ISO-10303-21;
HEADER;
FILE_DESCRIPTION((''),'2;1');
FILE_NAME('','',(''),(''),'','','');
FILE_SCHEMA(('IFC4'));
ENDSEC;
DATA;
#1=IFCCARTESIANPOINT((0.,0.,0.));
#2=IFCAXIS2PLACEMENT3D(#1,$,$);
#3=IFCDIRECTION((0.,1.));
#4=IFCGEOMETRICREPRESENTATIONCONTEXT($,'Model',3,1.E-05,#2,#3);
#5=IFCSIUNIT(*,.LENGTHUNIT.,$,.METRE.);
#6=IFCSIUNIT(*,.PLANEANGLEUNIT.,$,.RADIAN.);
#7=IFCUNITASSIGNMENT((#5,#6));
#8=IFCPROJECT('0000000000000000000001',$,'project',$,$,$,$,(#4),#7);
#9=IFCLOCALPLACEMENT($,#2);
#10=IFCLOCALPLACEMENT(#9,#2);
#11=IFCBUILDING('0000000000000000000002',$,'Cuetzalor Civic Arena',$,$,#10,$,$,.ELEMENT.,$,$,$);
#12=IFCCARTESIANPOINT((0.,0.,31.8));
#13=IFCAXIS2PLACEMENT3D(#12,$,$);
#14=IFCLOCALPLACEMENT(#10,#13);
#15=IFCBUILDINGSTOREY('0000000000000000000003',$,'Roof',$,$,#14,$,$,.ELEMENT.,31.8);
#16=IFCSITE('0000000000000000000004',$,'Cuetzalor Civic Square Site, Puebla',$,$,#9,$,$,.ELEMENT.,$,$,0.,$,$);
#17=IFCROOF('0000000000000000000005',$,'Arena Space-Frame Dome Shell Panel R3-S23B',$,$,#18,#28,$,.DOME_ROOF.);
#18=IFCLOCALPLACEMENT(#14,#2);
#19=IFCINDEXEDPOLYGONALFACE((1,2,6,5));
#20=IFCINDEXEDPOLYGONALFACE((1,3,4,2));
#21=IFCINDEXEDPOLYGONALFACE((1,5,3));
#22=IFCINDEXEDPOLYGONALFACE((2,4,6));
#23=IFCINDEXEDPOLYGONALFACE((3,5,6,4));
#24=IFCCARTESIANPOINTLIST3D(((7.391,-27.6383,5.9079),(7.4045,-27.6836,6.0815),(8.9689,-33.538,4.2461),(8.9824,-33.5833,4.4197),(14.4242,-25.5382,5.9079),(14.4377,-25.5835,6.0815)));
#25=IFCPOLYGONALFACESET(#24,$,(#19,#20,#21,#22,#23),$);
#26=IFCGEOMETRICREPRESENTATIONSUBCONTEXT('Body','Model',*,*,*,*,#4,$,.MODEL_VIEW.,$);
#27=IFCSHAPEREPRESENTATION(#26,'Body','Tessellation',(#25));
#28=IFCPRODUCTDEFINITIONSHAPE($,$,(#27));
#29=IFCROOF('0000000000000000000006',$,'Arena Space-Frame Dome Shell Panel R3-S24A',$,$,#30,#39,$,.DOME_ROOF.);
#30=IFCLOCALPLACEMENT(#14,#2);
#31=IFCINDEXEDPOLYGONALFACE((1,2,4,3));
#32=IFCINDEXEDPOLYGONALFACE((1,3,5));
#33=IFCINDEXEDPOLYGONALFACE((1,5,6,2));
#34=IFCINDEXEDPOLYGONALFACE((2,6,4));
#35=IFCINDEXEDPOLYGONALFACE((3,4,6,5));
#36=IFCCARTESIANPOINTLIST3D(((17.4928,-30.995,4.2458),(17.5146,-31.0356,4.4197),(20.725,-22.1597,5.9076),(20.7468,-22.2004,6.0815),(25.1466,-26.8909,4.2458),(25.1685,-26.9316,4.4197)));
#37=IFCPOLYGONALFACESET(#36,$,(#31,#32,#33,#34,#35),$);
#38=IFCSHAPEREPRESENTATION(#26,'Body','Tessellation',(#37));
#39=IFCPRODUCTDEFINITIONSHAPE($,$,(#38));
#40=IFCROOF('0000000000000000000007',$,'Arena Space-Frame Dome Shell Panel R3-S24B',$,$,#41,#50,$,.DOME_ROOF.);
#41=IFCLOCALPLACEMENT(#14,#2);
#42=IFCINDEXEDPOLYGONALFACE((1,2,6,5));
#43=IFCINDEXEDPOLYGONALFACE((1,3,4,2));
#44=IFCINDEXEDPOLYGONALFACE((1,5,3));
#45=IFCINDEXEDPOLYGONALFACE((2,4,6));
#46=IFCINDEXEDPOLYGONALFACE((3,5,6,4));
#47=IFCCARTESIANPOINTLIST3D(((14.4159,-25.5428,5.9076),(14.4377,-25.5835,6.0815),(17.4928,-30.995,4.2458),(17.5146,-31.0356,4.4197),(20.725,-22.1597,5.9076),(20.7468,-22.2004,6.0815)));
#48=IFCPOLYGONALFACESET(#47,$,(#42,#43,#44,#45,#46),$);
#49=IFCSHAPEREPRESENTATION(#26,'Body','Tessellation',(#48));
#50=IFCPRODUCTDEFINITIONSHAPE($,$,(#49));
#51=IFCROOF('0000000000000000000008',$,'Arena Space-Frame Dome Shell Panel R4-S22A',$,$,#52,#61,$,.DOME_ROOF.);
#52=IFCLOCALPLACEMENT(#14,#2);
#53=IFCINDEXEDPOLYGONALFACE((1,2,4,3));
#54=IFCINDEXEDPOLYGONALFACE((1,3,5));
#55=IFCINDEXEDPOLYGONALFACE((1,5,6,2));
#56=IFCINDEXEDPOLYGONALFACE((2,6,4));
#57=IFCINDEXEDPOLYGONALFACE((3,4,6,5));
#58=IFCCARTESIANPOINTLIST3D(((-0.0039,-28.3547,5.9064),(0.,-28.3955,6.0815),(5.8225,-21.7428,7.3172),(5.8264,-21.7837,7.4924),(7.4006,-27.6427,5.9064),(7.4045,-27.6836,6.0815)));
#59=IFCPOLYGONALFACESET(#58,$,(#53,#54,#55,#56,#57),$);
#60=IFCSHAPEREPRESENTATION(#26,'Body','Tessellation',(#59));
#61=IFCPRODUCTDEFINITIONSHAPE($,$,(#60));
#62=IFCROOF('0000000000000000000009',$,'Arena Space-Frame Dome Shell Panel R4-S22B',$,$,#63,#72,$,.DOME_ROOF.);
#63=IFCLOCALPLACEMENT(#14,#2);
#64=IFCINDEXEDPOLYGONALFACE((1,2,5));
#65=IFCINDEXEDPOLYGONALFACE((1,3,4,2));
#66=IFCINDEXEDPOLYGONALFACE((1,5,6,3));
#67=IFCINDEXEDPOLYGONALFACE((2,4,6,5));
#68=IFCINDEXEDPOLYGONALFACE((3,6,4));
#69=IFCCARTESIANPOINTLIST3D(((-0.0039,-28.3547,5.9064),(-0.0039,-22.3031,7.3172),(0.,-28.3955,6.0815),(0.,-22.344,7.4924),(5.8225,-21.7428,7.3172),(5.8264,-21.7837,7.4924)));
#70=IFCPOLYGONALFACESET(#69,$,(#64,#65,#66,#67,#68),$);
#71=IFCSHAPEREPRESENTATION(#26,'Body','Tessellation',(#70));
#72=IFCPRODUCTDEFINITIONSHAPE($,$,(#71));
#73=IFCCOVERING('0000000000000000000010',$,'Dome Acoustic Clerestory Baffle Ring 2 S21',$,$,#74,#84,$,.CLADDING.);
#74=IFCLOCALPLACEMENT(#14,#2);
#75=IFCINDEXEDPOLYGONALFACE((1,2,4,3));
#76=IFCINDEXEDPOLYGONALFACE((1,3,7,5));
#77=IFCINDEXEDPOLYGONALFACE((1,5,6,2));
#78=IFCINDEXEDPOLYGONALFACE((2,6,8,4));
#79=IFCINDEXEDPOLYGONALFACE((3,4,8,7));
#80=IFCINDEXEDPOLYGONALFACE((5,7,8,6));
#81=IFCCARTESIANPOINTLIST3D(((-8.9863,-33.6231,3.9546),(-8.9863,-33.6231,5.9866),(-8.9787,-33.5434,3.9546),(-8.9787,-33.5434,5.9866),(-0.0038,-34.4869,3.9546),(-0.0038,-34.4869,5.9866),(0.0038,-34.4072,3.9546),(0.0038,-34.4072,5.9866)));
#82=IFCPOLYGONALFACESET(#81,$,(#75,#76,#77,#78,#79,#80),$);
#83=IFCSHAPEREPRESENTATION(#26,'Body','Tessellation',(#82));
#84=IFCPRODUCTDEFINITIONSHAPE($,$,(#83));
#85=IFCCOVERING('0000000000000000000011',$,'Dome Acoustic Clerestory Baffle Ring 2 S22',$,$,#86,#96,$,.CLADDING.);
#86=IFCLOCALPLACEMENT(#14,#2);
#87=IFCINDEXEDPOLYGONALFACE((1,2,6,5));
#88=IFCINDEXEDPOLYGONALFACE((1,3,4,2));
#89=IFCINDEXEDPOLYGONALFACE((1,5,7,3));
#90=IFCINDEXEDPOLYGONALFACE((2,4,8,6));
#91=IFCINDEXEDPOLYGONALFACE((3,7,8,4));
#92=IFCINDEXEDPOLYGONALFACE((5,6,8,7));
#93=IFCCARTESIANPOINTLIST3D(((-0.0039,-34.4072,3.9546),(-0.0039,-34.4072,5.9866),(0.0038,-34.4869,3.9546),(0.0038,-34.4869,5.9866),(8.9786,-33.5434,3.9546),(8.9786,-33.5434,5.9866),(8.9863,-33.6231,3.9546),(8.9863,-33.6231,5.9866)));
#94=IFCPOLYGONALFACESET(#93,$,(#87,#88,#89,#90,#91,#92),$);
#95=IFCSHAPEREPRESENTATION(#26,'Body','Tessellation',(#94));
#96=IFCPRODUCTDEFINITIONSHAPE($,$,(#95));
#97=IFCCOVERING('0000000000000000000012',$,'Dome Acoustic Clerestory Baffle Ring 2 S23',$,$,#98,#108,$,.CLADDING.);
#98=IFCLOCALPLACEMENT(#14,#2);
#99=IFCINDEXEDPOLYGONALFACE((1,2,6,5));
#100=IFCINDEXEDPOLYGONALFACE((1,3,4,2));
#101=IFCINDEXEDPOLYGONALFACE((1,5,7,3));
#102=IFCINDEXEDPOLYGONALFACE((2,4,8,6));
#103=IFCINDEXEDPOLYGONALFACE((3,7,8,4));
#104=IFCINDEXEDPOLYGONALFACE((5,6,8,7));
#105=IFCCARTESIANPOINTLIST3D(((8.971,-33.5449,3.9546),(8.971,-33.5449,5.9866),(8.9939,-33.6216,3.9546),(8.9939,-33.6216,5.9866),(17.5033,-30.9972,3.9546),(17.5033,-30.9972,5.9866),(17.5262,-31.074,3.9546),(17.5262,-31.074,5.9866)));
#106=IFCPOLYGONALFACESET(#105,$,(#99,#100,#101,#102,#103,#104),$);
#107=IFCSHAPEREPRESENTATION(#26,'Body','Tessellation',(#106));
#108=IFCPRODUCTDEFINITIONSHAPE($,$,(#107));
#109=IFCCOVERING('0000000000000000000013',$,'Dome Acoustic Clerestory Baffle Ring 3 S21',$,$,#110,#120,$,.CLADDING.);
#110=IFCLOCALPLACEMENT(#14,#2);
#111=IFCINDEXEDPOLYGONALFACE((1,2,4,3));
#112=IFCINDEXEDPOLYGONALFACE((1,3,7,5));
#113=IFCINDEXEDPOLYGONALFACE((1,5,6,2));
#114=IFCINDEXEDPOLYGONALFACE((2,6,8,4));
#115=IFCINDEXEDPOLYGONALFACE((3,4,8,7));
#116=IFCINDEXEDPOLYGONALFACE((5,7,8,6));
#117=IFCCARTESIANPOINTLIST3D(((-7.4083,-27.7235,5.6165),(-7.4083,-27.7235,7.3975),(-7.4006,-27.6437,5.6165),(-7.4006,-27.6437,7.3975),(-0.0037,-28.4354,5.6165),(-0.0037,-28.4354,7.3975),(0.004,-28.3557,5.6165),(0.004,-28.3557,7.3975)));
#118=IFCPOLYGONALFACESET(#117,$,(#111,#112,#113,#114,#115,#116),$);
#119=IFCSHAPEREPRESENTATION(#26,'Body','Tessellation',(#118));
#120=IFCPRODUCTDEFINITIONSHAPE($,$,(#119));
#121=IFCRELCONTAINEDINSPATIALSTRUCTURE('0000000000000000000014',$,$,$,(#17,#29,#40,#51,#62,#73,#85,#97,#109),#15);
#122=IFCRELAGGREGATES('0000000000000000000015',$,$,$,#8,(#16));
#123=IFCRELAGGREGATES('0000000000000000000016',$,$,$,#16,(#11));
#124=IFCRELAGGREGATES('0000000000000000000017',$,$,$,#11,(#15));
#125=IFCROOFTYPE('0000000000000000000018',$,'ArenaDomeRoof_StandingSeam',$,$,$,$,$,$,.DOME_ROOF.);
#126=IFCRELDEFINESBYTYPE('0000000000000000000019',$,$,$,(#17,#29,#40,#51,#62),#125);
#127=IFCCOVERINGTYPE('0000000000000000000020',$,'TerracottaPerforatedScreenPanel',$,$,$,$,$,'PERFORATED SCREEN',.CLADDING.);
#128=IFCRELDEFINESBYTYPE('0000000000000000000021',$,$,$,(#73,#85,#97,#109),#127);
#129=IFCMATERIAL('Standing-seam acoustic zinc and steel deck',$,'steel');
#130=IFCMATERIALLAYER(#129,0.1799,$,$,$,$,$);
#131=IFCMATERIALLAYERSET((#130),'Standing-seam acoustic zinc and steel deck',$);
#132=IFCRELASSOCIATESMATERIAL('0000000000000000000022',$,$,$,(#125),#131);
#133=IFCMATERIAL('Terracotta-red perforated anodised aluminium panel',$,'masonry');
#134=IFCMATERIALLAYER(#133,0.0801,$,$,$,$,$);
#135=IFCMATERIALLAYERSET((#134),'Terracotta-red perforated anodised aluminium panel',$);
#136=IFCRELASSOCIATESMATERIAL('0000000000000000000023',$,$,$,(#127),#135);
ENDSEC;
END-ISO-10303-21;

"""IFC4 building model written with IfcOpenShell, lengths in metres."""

from ifc_helpers import new_model, si_unit, direction, frame, frame_2d, origin, place, context, subcontext, project, spatial, polyline, rectangle, outline, extrude, material, layer, layer_set, type_object, element, save


model = new_model("IFC4")

# Units and contexts
model_context = context("Model", 3, precision=1e-05, world=origin(), true_north=direction((0.0, 1.0)))
body_context = subcontext(model_context, "Body", "Model", "MODEL_VIEW")
ifc_project = project(units=[si_unit("LENGTHUNIT", "METRE"), si_unit("PLANEANGLEUNIT", "RADIAN")], contexts=[model_context])

# Site, building, storey
site_placement = place(None, origin())
site = spatial("IfcSite", under=ifc_project, at=site_placement, Name="Cuetzalor Civic Square Site, Puebla", CompositionType="ELEMENT", RefElevation=0.0)
building_placement = place(site_placement, origin())
building = spatial("IfcBuilding", under=site, at=building_placement, Name="Cuetzalor Civic Arena", CompositionType="ELEMENT")
storey_placement = place(building_placement, frame((0.0, 0.0, 31.8)))
storey = spatial("IfcBuildingStorey", under=building, at=storey_placement, Name="Roof", CompositionType="ELEMENT", Elevation=31.8)

# Roofs
ifc_material_1 = material(Name="Standing-seam acoustic zinc and steel deck", Category="steel")
ifc_layer_1 = layer(ifc_material_1, 0.1799)
ifc_layer_set_1 = layer_set([ifc_layer_1], Name="Standing-seam acoustic zinc and steel deck")
roof_type = type_object("IfcRoofType", Name="ArenaDomeRoof_StandingSeam", PredefinedType="DOME_ROOF", material=ifc_layer_set_1)
roof_1_placement = place(storey_placement, frame((8.9824, -33.5833, 4.4197), z_axis=(0.075156, -0.251696, 0.964884), x_axis=(0.555284, 0.814276, 0.169157)))
element("IfcRoof", 1, at=roof_1_placement, inside=storey, type_object=roof_type, Name="Arena Space-Frame Dome Shell Panel R3-S23B", PredefinedType="DOME_ROOF", context=body_context, shape_type="SweptSolid", body=[
    extrude(outline(polyline([(0.0, 0.0), (9.8244, 0.0), (4.2089, 4.7268), (0.0, 0.0)])), origin(), (0.0, 0.0, -1.0), 0.1799),
])
roof_2_placement = place(storey_placement, frame((17.5146, -31.0356, 4.4197), z_axis=(0.121268, -0.22616, 0.966512), x_axis=(0.8813, 0.472557, 0.0)))
element("IfcRoof", 2, at=roof_2_placement, inside=storey, type_object=roof_type, Name="Arena Space-Frame Dome Shell Panel R3-S24A", PredefinedType="DOME_ROOF", context=body_context, shape_type="SweptSolid", body=[
    extrude(outline(polyline([(0.0, 0.0), (8.6847, 0.0), (7.0237, 6.4759), (0.0, 0.0)])), origin(), (0.0, 0.0, -1.0), 0.1799),
])
roof_3_placement = place(storey_placement, frame((17.5146, -31.0356, 4.4197), z_axis=(0.121272, -0.226162, 0.966511), x_axis=(0.338323, 0.924812, 0.173953)))
element("IfcRoof", 3, at=roof_3_placement, inside=storey, type_object=roof_type, Name="Arena Space-Frame Dome Shell Panel R3-S24B", PredefinedType="DOME_ROOF", context=body_context, shape_type="SweptSolid", body=[
    extrude(outline(polyline([(0.0, 0.0), (9.5535, 0.0), (4.2903, 4.8527), (0.0, 0.0)])), origin(), (0.0, 0.0, -1.0), 0.1799),
])
roof_4_placement = place(storey_placement, frame((0.0, -28.3955, 6.0815), z_axis=(0.021825, -0.226999, 0.97365), x_axis=(0.99541, 0.095704, 0.0)))
element("IfcRoof", 4, at=roof_4_placement, inside=storey, type_object=roof_type, Name="Arena Space-Frame Dome Shell Panel R4-S22A", PredefinedType="DOME_ROOF", context=body_context, shape_type="SweptSolid", body=[
    extrude(outline(polyline([(0.0, 0.0), (7.4387, 0.0), (6.4325, 6.1869), (0.0, 0.0)])), origin(), (0.0, 0.0, -1.0), 0.1799),
])
roof_5_placement = place(storey_placement, frame((0.0, -28.3955, 6.0815), z_axis=(0.02183, -0.227003, 0.973649), x_axis=(0.652827, 0.740828, 0.158085)))
element("IfcRoof", 5, at=roof_5_placement, inside=storey, type_object=roof_type, Name="Arena Space-Frame Dome Shell Panel R4-S22B", PredefinedType="DOME_ROOF", context=body_context, shape_type="SweptSolid", body=[
    extrude(outline(polyline([(0.0, 0.0), (8.9249, 0.0), (4.7062, 4.0575), (0.0, 0.0)])), origin(), (0.0, 0.0, -1.0), 0.1799),
])

# Coverings
ifc_material_2 = material(Name="Terracotta-red perforated anodised aluminium panel", Category="masonry")
ifc_layer_2 = layer(ifc_material_2, 0.0801)
ifc_layer_set_2 = layer_set([ifc_layer_2], Name="Terracotta-red perforated anodised aluminium panel")
covering_type = type_object("IfcCoveringType", Name="TerracottaPerforatedScreenPanel", ElementType="PERFORATED SCREEN", PredefinedType="CLADDING", material=ifc_layer_set_2)
for number, where, z_axis, x_axis, name in (
    (6, (0.0, -34.447, 3.9546), (0.0, 0.0, 1.0), (-0.995408, 0.095721, 0.0), "Dome Acoustic Clerestory Baffle Ring 2 S21"),
    (7, (8.9824, -33.5833, 3.9546), (0.0, 0.0, 1.0), (-0.995408, -0.095721, 0.0), "Dome Acoustic Clerestory Baffle Ring 2 S22"),
):
    element("IfcCovering", number, at=place(storey_placement, frame(where, z_axis=z_axis, x_axis=x_axis)), inside=storey, type_object=covering_type, Name=name, PredefinedType="CLADDING", context=body_context, shape_type="SweptSolid", body=[
        extrude(rectangle(XDim=9.0239, YDim=0.0801, at=frame_2d((4.512, 0.0))), origin(), (0.0, 0.0, 1.0), 2.032),
    ])
covering_1_placement = place(storey_placement, frame((17.5146, -31.0356, 3.9546), z_axis=(0.0, 0.0, 1.0), x_axis=(-0.958198, -0.286105, 0.0)))
element("IfcCovering", 8, at=covering_1_placement, inside=storey, type_object=covering_type, Name="Dome Acoustic Clerestory Baffle Ring 2 S23", PredefinedType="CLADDING", context=body_context, shape_type="SweptSolid", body=[
    extrude(rectangle(XDim=8.9045, YDim=0.0801, at=frame_2d((4.4521, 0.0))), origin(), (0.0, 0.0, 1.0), 2.032),
])
covering_2_placement = place(storey_placement, frame((0.0, -28.3955, 5.6165), z_axis=(0.0, 0.0, 1.0), x_axis=(-0.99541, 0.095704, 0.0)))
element("IfcCovering", 9, at=covering_2_placement, inside=storey, type_object=covering_type, Name="Dome Acoustic Clerestory Baffle Ring 3 S21", PredefinedType="CLADDING", context=body_context, shape_type="SweptSolid", body=[
    extrude(rectangle(XDim=7.4387, YDim=0.0801, at=frame_2d((3.7192, 0.0))), origin(), (0.0, 0.0, 1.0), 1.781),
])

save(model, "model.ifc")
